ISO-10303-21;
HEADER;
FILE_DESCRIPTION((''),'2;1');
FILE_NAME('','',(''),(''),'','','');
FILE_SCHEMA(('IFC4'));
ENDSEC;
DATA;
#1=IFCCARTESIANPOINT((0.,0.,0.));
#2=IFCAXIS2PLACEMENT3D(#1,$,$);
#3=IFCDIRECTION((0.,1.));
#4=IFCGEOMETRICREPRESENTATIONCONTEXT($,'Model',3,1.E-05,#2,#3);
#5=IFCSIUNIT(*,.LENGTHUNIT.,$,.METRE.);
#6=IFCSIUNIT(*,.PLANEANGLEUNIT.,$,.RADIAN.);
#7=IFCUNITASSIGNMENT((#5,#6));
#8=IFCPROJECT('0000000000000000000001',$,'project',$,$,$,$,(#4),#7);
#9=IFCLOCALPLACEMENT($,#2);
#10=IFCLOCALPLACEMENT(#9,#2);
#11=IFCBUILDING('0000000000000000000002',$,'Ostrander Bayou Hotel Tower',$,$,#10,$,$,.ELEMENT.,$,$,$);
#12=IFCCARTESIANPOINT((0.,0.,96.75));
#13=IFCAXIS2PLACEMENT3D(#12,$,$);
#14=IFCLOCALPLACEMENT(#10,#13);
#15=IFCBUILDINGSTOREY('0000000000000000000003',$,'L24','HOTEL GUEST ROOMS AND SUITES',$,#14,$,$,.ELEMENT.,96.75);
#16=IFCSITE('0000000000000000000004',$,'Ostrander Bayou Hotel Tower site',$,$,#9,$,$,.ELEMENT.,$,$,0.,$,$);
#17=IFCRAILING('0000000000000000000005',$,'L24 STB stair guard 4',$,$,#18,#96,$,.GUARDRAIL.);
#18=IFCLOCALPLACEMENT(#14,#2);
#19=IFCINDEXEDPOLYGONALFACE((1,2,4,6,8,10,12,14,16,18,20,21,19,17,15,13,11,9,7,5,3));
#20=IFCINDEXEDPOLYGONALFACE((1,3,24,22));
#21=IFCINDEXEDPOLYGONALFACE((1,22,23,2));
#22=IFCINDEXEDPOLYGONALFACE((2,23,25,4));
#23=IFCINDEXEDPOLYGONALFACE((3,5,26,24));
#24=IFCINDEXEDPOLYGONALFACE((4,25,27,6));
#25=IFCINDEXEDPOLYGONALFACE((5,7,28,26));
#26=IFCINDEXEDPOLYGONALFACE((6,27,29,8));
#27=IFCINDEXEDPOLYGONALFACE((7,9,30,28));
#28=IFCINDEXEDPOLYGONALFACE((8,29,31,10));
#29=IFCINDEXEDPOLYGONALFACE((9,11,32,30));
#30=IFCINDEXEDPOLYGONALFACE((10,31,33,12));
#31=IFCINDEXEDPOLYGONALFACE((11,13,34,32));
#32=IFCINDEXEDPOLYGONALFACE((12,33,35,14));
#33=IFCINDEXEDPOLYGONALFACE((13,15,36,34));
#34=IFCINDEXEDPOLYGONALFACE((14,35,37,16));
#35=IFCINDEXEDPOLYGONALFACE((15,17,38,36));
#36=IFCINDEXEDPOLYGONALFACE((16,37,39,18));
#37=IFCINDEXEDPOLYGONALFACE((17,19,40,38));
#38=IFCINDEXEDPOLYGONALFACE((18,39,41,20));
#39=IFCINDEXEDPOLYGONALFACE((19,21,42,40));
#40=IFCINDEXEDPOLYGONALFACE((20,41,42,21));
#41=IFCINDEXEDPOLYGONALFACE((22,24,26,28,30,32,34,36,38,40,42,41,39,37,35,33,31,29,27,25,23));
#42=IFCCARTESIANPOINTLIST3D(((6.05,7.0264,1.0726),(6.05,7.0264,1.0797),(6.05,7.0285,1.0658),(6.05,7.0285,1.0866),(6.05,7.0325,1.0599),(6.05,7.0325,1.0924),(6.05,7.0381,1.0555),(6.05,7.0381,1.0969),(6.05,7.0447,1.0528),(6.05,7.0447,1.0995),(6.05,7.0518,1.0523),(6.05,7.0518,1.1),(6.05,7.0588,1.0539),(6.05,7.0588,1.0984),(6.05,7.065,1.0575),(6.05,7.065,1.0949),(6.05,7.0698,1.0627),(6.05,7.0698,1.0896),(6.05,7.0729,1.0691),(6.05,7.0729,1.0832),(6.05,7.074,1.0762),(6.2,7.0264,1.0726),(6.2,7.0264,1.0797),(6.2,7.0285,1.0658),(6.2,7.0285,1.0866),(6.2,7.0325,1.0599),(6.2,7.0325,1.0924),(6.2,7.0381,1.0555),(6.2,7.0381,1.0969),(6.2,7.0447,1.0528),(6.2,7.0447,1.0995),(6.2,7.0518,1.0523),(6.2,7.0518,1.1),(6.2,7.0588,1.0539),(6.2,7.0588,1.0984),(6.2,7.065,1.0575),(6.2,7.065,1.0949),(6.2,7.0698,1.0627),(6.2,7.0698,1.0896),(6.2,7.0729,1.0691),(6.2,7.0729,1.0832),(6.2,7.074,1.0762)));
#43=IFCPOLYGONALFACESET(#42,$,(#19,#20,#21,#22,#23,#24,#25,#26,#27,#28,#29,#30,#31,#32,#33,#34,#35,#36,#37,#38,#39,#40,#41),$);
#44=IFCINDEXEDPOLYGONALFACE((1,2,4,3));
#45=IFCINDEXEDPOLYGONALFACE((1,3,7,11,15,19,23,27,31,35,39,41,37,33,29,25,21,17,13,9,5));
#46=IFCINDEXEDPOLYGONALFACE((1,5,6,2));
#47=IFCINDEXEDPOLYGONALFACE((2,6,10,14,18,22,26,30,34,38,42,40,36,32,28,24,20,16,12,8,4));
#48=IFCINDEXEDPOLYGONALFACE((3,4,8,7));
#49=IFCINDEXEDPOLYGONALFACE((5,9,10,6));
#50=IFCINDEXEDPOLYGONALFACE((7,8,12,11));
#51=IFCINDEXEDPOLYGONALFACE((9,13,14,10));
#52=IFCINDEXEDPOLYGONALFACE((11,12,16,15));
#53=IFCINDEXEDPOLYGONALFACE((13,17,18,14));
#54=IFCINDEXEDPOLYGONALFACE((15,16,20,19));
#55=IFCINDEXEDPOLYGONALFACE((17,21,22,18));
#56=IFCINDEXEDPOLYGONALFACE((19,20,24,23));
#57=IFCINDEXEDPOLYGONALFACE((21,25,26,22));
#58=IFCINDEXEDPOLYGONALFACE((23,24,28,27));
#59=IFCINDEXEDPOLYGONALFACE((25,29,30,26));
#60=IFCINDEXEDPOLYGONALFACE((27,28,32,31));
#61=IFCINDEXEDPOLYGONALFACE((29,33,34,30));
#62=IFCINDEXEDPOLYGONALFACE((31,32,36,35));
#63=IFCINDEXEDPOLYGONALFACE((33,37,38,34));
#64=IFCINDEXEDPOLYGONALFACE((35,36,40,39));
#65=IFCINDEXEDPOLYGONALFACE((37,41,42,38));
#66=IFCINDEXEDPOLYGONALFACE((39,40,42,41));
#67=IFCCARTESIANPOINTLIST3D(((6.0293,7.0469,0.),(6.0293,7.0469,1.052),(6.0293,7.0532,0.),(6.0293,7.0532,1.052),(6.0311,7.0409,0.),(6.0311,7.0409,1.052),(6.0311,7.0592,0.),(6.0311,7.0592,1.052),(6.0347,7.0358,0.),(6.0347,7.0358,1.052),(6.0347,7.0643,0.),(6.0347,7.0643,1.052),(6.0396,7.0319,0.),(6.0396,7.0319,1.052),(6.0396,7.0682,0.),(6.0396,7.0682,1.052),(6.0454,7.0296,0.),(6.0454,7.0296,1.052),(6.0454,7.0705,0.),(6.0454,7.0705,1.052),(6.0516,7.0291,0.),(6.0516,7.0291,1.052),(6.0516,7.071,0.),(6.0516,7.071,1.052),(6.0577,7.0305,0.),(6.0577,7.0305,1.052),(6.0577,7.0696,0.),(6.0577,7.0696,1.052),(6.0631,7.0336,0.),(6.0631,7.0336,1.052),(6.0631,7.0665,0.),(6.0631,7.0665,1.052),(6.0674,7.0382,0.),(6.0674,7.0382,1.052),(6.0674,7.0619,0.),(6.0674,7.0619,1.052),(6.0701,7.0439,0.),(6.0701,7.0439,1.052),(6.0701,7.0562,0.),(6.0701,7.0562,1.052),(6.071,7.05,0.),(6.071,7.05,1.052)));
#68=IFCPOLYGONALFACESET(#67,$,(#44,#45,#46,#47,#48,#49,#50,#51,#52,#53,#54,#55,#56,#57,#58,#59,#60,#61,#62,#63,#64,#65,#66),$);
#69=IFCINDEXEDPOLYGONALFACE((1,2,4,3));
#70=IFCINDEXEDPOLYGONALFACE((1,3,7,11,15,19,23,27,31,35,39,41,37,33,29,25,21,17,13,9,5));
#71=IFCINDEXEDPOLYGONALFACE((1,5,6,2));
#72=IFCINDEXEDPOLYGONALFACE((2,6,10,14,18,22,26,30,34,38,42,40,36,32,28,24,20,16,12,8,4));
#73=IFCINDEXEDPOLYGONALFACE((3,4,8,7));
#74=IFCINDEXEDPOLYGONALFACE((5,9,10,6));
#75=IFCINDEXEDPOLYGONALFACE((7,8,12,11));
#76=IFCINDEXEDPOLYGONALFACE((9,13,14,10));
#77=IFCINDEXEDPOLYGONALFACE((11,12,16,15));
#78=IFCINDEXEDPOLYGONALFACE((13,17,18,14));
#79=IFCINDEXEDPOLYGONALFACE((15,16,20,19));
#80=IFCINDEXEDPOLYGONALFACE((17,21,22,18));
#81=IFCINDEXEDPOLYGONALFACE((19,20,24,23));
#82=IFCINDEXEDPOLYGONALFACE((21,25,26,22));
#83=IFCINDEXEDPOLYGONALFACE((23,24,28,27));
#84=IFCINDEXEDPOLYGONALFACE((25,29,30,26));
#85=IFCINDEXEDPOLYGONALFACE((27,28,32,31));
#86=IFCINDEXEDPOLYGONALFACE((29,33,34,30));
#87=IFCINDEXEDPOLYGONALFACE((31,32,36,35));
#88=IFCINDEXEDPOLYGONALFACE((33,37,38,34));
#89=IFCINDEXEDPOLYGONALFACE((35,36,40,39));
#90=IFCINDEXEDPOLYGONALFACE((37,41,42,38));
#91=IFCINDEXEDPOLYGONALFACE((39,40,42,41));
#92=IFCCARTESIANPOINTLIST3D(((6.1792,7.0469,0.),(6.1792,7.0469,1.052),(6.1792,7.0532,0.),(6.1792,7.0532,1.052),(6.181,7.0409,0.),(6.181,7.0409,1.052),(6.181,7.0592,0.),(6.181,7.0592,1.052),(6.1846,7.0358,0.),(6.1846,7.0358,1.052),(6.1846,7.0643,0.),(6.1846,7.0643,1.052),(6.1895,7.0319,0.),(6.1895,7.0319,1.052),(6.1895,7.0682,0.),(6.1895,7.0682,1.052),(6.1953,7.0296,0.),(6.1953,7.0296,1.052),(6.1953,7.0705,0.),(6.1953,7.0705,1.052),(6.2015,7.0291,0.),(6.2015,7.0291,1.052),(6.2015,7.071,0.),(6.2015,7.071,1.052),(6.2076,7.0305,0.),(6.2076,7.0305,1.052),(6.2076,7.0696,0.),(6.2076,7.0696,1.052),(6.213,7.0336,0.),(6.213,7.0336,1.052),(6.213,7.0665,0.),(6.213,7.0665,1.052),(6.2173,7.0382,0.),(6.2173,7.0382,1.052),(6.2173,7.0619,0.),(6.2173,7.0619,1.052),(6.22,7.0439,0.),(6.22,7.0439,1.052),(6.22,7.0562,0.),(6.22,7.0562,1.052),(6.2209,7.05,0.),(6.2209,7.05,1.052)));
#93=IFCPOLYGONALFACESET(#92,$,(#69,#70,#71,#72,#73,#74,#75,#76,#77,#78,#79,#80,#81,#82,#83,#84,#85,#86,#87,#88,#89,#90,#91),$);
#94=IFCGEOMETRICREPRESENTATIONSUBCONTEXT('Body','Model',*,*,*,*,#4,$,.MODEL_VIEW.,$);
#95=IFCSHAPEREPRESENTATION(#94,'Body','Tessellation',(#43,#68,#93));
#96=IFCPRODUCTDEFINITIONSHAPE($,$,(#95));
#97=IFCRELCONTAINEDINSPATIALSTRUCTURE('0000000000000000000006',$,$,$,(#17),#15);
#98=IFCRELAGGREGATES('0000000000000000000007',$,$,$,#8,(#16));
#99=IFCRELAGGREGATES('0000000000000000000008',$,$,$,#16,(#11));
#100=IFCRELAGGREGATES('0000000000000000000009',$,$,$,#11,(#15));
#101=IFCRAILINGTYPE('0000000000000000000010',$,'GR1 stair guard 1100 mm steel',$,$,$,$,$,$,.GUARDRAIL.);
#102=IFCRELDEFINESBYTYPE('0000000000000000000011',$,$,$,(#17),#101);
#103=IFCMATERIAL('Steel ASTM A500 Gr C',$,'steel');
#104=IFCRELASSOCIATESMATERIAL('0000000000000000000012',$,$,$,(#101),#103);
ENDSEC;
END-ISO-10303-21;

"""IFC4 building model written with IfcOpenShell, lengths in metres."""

from ifc_helpers import new_model, si_unit, direction, frame, origin, origin_2d, place, context, subcontext, project, spatial, circle, extrude, material, type_object, element, save


model = new_model("IFC4")

# Units and contexts
model_context = context("Model", 3, precision=1e-05, world=origin(), true_north=direction((0.0, 1.0)))
body_context = subcontext(model_context, "Body", "Model", "MODEL_VIEW")
ifc_project = project(units=[si_unit("LENGTHUNIT", "METRE"), si_unit("PLANEANGLEUNIT", "RADIAN")], contexts=[model_context])

# Site, building, storey
site_placement = place(None, origin())
site = spatial("IfcSite", under=ifc_project, at=site_placement, Name="Ostrander Bayou Hotel Tower site", CompositionType="ELEMENT", RefElevation=0.0)
building_placement = place(site_placement, origin())
building = spatial("IfcBuilding", under=site, at=building_placement, Name="Ostrander Bayou Hotel Tower", CompositionType="ELEMENT")
storey_placement = place(building_placement, frame((0.0, 0.0, 96.75)))
storey = spatial("IfcBuildingStorey", under=building, at=storey_placement, Name="L24", Description="HOTEL GUEST ROOMS AND SUITES", CompositionType="ELEMENT", Elevation=96.75)

# Railing
ifc_material_1 = material(Name="Steel ASTM A500 Gr C", Category="steel")
railing_type_1 = type_object("IfcRailingType", Name="GR1 stair guard 1100 mm steel", PredefinedType="GUARDRAIL", material=ifc_material_1)
railing_1_placement = place(storey_placement, frame((6.05, 7.05, 0.0)))
element("IfcRailing", 1, at=railing_1_placement, inside=storey, type_object=railing_type_1, Name="L24 STB stair guard 4", PredefinedType="GUARDRAIL", context=body_context, shape_type="SweptSolid", body=[
    extrude(circle(Radius=0.0239, at=origin_2d()), frame((0.0, 0.0, 1.0762), z_axis=(1.0, 0.0, 0.0), x_axis=(0.0, 1.0, 0.0)), (0.0, 0.0, 1.0), 0.1499),
    extrude(circle(Radius=0.021, at=origin_2d()), origin(), (0.0, 0.0, 1.0), 1.052),
    extrude(circle(Radius=0.021, at=origin_2d()), frame((0.1499, 0.0, 0.0)), (0.0, 0.0, 1.0), 1.052),
])

save(model, "model.ifc")
